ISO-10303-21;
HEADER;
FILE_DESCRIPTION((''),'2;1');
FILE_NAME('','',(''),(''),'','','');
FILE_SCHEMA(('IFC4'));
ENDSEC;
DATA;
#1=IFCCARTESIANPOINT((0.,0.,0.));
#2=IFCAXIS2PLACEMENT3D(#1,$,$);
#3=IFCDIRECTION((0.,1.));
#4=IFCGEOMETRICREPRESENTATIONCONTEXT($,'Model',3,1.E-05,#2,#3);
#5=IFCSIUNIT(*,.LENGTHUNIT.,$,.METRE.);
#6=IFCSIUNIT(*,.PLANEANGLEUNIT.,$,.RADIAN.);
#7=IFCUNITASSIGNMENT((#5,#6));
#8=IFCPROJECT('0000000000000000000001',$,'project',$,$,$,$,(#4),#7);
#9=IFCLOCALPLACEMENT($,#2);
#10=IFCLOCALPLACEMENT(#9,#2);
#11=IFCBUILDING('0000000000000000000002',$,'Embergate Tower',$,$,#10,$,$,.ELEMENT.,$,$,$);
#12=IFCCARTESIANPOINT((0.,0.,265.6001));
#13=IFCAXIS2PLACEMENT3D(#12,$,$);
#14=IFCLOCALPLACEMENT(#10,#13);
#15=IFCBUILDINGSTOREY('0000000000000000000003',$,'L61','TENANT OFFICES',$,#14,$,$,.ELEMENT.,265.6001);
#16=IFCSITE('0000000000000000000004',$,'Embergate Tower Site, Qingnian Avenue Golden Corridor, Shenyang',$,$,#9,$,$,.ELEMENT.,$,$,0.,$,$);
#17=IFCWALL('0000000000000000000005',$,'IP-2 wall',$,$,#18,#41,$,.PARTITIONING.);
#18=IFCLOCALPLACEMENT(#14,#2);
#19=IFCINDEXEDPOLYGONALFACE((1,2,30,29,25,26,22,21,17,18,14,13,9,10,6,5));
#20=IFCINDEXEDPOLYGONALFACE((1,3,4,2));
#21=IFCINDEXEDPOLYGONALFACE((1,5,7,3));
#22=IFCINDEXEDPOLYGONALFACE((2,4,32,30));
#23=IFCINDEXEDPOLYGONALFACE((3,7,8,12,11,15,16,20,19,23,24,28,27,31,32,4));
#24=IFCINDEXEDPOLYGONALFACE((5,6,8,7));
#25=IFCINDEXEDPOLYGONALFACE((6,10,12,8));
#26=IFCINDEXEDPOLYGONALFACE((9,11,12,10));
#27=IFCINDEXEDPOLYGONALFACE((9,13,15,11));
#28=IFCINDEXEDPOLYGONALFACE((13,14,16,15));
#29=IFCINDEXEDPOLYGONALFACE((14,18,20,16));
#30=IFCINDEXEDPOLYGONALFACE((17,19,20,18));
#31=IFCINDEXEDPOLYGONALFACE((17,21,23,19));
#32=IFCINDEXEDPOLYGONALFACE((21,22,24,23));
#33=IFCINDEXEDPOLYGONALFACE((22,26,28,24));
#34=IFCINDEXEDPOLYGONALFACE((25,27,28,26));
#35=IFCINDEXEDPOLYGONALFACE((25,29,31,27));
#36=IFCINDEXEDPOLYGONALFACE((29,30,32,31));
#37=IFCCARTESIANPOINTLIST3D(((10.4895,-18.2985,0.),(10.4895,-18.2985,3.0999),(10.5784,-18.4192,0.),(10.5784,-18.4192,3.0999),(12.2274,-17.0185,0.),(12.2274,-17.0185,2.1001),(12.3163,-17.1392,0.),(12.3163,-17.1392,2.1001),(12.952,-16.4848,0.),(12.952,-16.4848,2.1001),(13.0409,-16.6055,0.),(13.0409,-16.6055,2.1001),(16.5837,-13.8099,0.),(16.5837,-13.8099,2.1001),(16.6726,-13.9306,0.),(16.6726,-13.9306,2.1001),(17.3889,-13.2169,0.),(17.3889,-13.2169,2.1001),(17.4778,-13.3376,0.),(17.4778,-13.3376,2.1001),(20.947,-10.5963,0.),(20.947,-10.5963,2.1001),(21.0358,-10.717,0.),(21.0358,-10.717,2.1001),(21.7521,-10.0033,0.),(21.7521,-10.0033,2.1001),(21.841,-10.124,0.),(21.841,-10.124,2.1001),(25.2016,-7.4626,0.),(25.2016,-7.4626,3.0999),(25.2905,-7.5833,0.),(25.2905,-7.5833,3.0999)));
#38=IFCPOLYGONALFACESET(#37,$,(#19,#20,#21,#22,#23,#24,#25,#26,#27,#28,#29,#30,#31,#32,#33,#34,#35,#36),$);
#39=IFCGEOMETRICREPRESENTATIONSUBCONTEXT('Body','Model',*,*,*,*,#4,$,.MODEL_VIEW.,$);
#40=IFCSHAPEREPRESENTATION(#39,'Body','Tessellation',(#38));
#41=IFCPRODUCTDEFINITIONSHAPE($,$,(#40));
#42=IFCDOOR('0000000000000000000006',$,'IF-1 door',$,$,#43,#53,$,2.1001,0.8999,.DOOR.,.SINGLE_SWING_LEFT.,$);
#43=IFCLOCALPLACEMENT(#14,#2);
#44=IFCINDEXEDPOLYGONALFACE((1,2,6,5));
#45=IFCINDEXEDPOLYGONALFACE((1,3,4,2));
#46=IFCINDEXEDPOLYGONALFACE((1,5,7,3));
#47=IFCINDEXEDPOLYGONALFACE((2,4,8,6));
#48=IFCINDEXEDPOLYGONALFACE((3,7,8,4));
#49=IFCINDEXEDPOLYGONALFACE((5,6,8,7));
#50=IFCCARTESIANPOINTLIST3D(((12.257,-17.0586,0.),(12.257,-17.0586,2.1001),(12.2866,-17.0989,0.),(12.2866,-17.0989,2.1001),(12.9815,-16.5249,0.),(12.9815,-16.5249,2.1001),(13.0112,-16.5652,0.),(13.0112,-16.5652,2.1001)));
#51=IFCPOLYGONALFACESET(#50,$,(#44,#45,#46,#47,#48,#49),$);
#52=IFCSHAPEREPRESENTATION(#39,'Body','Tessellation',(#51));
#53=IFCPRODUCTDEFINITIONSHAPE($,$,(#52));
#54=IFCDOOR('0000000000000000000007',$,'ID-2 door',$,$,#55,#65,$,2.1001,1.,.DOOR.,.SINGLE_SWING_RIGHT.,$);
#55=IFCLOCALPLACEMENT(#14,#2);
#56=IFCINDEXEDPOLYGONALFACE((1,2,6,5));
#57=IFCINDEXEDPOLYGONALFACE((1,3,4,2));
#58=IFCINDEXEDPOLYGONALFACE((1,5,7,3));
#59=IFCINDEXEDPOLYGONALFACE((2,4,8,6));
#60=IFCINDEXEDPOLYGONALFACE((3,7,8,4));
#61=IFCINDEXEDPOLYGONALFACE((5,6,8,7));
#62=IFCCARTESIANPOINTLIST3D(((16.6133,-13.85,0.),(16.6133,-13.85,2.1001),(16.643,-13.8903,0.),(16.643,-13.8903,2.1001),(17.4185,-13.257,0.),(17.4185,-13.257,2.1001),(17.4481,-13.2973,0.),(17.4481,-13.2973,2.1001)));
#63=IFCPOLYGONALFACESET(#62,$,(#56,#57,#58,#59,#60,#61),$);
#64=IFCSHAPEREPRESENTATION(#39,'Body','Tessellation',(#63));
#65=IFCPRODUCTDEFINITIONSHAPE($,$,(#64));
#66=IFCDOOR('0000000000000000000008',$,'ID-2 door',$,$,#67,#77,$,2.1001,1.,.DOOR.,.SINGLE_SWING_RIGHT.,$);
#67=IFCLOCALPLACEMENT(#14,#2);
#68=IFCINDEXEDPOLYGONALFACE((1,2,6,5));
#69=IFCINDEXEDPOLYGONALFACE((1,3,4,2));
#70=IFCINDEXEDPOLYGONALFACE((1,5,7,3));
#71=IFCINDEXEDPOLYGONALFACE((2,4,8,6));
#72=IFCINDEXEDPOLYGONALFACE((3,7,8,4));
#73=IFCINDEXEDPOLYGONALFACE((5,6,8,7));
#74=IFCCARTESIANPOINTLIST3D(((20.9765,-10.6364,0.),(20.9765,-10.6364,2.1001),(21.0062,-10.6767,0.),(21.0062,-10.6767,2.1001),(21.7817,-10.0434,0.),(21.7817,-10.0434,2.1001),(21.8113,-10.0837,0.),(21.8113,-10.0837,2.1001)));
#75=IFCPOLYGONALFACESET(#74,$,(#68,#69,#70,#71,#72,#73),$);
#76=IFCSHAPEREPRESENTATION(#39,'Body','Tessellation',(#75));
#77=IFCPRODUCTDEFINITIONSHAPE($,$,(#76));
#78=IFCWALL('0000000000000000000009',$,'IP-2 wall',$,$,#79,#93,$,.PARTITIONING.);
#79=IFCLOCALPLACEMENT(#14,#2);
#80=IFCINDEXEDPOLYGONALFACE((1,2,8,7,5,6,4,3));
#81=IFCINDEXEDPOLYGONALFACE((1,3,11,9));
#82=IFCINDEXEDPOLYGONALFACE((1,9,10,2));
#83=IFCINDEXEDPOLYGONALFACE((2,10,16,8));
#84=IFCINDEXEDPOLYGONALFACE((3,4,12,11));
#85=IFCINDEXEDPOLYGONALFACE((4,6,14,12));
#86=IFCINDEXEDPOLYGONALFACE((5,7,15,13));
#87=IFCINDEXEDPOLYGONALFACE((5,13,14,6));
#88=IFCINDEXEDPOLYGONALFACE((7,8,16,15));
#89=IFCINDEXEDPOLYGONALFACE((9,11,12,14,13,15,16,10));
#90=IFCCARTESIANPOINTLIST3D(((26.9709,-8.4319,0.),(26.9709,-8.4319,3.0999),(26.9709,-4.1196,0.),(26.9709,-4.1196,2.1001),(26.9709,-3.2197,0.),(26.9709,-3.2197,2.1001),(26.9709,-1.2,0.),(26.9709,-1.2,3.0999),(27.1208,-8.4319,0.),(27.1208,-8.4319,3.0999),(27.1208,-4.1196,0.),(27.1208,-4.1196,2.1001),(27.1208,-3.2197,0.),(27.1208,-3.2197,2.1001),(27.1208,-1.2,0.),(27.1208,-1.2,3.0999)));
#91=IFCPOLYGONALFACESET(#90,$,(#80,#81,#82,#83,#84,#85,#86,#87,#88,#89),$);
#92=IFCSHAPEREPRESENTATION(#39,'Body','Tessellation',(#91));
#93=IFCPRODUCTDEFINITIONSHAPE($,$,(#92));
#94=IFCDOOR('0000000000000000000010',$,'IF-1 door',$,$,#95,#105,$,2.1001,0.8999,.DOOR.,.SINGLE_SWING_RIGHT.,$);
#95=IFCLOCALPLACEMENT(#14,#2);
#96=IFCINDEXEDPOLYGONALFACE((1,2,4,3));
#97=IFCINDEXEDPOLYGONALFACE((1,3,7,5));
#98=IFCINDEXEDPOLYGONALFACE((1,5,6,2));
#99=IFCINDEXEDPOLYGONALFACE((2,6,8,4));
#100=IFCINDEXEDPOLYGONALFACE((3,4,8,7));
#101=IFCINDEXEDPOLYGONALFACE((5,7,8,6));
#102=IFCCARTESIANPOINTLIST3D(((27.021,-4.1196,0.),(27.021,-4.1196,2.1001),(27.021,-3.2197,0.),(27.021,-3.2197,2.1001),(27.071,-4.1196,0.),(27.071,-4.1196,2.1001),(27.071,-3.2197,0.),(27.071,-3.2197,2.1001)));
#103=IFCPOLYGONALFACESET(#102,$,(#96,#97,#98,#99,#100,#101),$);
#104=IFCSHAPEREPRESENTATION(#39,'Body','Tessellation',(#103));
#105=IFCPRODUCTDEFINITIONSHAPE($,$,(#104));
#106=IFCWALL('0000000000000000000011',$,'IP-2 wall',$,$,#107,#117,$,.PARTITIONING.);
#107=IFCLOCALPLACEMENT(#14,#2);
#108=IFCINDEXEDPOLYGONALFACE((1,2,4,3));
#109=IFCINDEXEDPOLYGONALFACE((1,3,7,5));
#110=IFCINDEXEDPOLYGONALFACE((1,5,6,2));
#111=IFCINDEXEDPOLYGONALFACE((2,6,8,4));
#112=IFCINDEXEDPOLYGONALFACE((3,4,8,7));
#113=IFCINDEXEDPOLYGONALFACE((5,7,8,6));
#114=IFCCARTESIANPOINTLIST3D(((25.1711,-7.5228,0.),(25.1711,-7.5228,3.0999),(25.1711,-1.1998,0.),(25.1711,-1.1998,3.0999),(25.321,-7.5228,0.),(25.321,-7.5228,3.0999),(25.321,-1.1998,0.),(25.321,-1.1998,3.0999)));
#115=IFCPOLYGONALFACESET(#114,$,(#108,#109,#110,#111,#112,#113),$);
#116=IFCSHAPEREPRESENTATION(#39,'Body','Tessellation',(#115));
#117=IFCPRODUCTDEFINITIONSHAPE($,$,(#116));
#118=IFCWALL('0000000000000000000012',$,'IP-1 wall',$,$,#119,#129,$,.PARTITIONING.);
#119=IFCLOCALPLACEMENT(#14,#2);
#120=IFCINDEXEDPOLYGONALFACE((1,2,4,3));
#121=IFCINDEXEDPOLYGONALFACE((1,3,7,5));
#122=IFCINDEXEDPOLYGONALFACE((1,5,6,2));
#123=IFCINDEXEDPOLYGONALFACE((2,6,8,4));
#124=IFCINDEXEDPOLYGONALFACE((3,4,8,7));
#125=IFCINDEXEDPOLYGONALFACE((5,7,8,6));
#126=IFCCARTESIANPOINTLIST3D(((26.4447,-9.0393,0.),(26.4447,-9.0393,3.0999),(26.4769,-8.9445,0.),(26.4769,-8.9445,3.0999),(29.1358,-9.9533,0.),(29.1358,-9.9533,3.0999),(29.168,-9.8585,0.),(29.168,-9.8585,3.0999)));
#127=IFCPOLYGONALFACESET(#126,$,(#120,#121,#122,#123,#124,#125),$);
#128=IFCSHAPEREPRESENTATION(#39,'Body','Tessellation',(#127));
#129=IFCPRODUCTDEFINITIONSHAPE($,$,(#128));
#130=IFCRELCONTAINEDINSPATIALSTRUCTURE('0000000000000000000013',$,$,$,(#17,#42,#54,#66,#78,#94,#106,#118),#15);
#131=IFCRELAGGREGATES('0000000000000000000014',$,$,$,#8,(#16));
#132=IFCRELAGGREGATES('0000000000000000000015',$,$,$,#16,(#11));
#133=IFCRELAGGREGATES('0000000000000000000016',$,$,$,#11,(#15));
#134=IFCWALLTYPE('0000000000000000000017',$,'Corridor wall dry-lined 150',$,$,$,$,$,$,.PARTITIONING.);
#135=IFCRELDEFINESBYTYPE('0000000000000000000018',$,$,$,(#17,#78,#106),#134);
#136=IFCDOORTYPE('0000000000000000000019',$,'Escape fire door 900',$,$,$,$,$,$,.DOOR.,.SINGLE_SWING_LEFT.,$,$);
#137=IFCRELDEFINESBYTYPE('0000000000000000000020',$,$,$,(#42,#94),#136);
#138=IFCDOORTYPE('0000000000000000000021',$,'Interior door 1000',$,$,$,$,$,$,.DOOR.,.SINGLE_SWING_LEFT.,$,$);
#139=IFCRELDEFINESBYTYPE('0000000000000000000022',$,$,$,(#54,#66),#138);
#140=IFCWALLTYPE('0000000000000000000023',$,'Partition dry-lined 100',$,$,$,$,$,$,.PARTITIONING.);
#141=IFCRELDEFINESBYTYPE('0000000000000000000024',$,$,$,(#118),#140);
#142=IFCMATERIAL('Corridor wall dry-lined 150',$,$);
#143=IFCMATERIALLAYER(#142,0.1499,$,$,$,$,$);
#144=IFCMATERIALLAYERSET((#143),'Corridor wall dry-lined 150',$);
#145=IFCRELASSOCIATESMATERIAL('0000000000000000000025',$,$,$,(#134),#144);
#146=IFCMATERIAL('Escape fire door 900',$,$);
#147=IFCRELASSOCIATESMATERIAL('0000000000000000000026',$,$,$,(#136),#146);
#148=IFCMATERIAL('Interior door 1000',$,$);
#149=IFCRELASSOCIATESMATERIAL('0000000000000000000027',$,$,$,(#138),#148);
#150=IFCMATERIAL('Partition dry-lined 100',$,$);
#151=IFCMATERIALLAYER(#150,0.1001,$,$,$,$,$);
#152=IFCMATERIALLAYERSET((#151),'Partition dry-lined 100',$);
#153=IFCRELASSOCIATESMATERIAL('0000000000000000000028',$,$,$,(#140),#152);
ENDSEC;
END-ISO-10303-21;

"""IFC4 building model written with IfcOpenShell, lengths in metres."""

from ifc_helpers import new_model, si_unit, direction, frame, frame_2d, origin, place, context, subcontext, project, spatial, rectangle, extrude, source, transform, mapped, material, layer, layer_set, type_object, element, fill, save


model = new_model("IFC4")

# Units and contexts
model_context = context("Model", 3, precision=1e-05, world=origin(), true_north=direction((0.0, 1.0)))
body_context = subcontext(model_context, "Body", "Model", "MODEL_VIEW")
ifc_project = project(units=[si_unit("LENGTHUNIT", "METRE"), si_unit("PLANEANGLEUNIT", "RADIAN")], contexts=[model_context])

# Site, building, storey
site_placement = place(None, origin())
site = spatial("IfcSite", under=ifc_project, at=site_placement, Name="Embergate Tower Site, Qingnian Avenue Golden Corridor, Shenyang", CompositionType="ELEMENT", RefElevation=0.0)
building_placement = place(site_placement, origin())
building = spatial("IfcBuilding", under=site, at=building_placement, Name="Embergate Tower", CompositionType="ELEMENT")
storey_placement = place(building_placement, frame((0.0, 0.0, 265.6001)))
storey = spatial("IfcBuildingStorey", under=building, at=storey_placement, Name="L61", Description="TENANT OFFICES", CompositionType="ELEMENT", Elevation=265.6001)

# Wall, openings, doors
ifc_material_1 = material(Name="Corridor wall dry-lined 150")
ifc_layer_1 = layer(ifc_material_1, 0.1499)
ifc_layer_set_1 = layer_set([ifc_layer_1], Name="Corridor wall dry-lined 150")
wall_type_1 = type_object("IfcWallType", Name="Corridor wall dry-lined 150", PredefinedType="PARTITIONING", material=ifc_layer_set_1)
shared_shape_1 = source(origin(), body_context, "Body", "SweptSolid", [
    extrude(rectangle(XDim=18.272, YDim=0.1499, at=frame_2d((9.136, 0.0))), origin(), (0.0, 0.0, 1.0), 3.0999),
])
wall_1_placement = place(storey_placement, frame((25.2461, -7.5229, 0.0), z_axis=(0.0, 0.0, 1.0), x_axis=(-0.805176, -0.593036, 0.0)))
wall_1 = element("IfcWall", 1, at=wall_1_placement, inside=storey, type_object=wall_type_1, Name="IP-2 wall", PredefinedType="PARTITIONING", context=body_context, shape_type="MappedRepresentation", body=[
    mapped(shared_shape_1, transform((0.0, 0.0, 0.0))),
])
shared_shape_2 = source(origin(), body_context, "Body", "SweptSolid", [
    extrude(rectangle(XDim=0.8999, YDim=2.1001, at=frame_2d((0.45, 1.05))), frame((0.0, 0.085, 0.0), z_axis=(0.0, -1.0, 0.0), x_axis=(1.0, 0.0, 0.0)), (0.0, 0.0, 1.0), 0.1699),
])
opening_1_placement = place(wall_1_placement, frame((15.2136, 0.0, 0.0)))
opening_1 = element("IfcOpeningElement", 2, at=opening_1_placement, cuts=wall_1, PredefinedType="OPENING", context=body_context, shape_type="MappedRepresentation", body=[
    mapped(shared_shape_2, transform((0.0, 0.0, 0.0))),
])
shared_shape_3 = source(origin(), body_context, "Body", "SweptSolid", [
    extrude(rectangle(XDim=1.0, YDim=2.1001, at=frame_2d((0.5, 1.05))), frame((0.0, 0.085, 0.0), z_axis=(0.0, -1.0, 0.0), x_axis=(1.0, 0.0, 0.0)), (0.0, 0.0, 1.0), 0.1699),
])
opening_2_placement = place(wall_1_placement, frame((9.7031, 0.0, 0.0)))
opening_2 = element("IfcOpeningElement", 3, at=opening_2_placement, cuts=wall_1, PredefinedType="OPENING", context=body_context, shape_type="MappedRepresentation", body=[
    mapped(shared_shape_3, transform((0.0, 0.0, 0.0))),
])
opening_3_placement = place(wall_1_placement, frame((4.2842, 0.0, 0.0)))
opening_3 = element("IfcOpeningElement", 4, at=opening_3_placement, cuts=wall_1, PredefinedType="OPENING", context=body_context, shape_type="MappedRepresentation", body=[
    mapped(shared_shape_3, transform((0.0, 0.0, 0.0))),
])
ifc_material_2 = material(Name="Escape fire door 900")
door_type_1 = type_object("IfcDoorType", Name="Escape fire door 900", OperationType="SINGLE_SWING_LEFT", PredefinedType="DOOR", material=ifc_material_2)
shared_shape_4 = source(origin(), body_context, "Body", "SweptSolid", [
    extrude(rectangle(XDim=0.8999, YDim=2.1001, at=frame_2d((0.45, 1.05))), frame((0.0, 0.0249, 0.0), z_axis=(0.0, -1.0, 0.0), x_axis=(1.0, 0.0, 0.0)), (0.0, 0.0, 1.0), 0.05),
])
door_1_placement = place(opening_1_placement, origin())
door_1 = element("IfcDoor", 5, at=door_1_placement, inside=storey, type_object=door_type_1, Name="IF-1 door", OperationType="SINGLE_SWING_LEFT", OverallHeight=2.1001, OverallWidth=0.8999, PredefinedType="DOOR", context=body_context, shape_type="MappedRepresentation", body=[
    mapped(shared_shape_4, transform((0.0, 0.0, 0.0))),
])
fill(opening_1, door_1)
ifc_material_3 = material(Name="Interior door 1000")
door_type_2 = type_object("IfcDoorType", Name="Interior door 1000", OperationType="SINGLE_SWING_LEFT", PredefinedType="DOOR", material=ifc_material_3)
shared_shape_5 = source(origin(), body_context, "Body", "SweptSolid", [
    extrude(rectangle(XDim=1.0, YDim=2.1001, at=frame_2d((0.5, 1.05))), frame((0.0, 0.0249, 0.0), z_axis=(0.0, -1.0, 0.0), x_axis=(1.0, 0.0, 0.0)), (0.0, 0.0, 1.0), 0.05),
])
door_2_placement = place(opening_2_placement, origin())
door_2 = element("IfcDoor", 6, at=door_2_placement, inside=storey, type_object=door_type_2, Name="ID-2 door", OperationType="SINGLE_SWING_RIGHT", OverallHeight=2.1001, OverallWidth=1.0, PredefinedType="DOOR", context=body_context, shape_type="MappedRepresentation", body=[
    mapped(shared_shape_5, transform((0.0, 0.0, 0.0))),
])
fill(opening_2, door_2)
door_3_placement = place(opening_3_placement, origin())
door_3 = element("IfcDoor", 7, at=door_3_placement, inside=storey, type_object=door_type_2, Name="ID-2 door", OperationType="SINGLE_SWING_RIGHT", OverallHeight=2.1001, OverallWidth=1.0, PredefinedType="DOOR", context=body_context, shape_type="MappedRepresentation", body=[
    mapped(shared_shape_5, transform((0.0, 0.0, 0.0))),
])
fill(opening_3, door_3)

# Wall, opening, door
shared_shape_6 = source(origin(), body_context, "Body", "SweptSolid", [
    extrude(rectangle(XDim=7.2319, YDim=0.1499, at=frame_2d((3.616, 0.0))), origin(), (0.0, 0.0, 1.0), 3.0999),
])
wall_2_placement = place(storey_placement, frame((27.0459, -8.4319, 0.0), z_axis=(0.0, 0.0, 1.0), x_axis=(0.0, 1.0, 0.0)))
wall_2 = element("IfcWall", 8, at=wall_2_placement, inside=storey, type_object=wall_type_1, Name="IP-2 wall", PredefinedType="PARTITIONING", context=body_context, shape_type="MappedRepresentation", body=[
    mapped(shared_shape_6, transform((0.0, 0.0, 0.0))),
])
opening_4_placement = place(wall_2_placement, frame((4.3123, 0.0, 0.0)))
opening_4 = element("IfcOpeningElement", 9, at=opening_4_placement, cuts=wall_2, PredefinedType="OPENING", context=body_context, shape_type="MappedRepresentation", body=[
    mapped(shared_shape_2, transform((0.0, 0.0, 0.0))),
])
door_4_placement = place(opening_4_placement, origin())
door_4 = element("IfcDoor", 10, at=door_4_placement, inside=storey, type_object=door_type_1, Name="IF-1 door", OperationType="SINGLE_SWING_RIGHT", OverallHeight=2.1001, OverallWidth=0.8999, PredefinedType="DOOR", context=body_context, shape_type="MappedRepresentation", body=[
    mapped(shared_shape_4, transform((0.0, 0.0, 0.0))),
])
fill(opening_4, door_4)

# Walls
shared_shape_7 = source(origin(), body_context, "Body", "SweptSolid", [
    extrude(rectangle(XDim=6.323, YDim=0.1499, at=frame_2d((3.1616, 0.0))), origin(), (0.0, 0.0, 1.0), 3.0999),
])
wall_3_placement = place(storey_placement, frame((25.2461, -7.5229, 0.0), z_axis=(0.0, 0.0, 1.0), x_axis=(0.0, 1.0, 0.0)))
element("IfcWall", 11, at=wall_3_placement, inside=storey, type_object=wall_type_1, Name="IP-2 wall", PredefinedType="PARTITIONING", context=body_context, shape_type="MappedRepresentation", body=[
    mapped(shared_shape_7, transform((0.0, 0.0, 0.0))),
])
ifc_material_4 = material(Name="Partition dry-lined 100")
ifc_layer_2 = layer(ifc_material_4, 0.1001)
ifc_layer_set_2 = layer_set([ifc_layer_2], Name="Partition dry-lined 100")
wall_type_2 = type_object("IfcWallType", Name="Partition dry-lined 100", PredefinedType="PARTITIONING", material=ifc_layer_set_2)
shared_shape_8 = source(origin(), body_context, "Body", "SweptSolid", [
    extrude(rectangle(XDim=2.842, YDim=0.1001, at=frame_2d((1.4209, 0.0))), origin(), (0.0, 0.0, 1.0), 3.0999),
])
wall_4_placement = place(storey_placement, frame((26.4609, -8.9919, 0.0), z_axis=(0.0, 0.0, 1.0), x_axis=(0.946873, -0.321609, 0.0)))
element("IfcWall", 12, at=wall_4_placement, inside=storey, type_object=wall_type_2, Name="IP-1 wall", PredefinedType="PARTITIONING", context=body_context, shape_type="MappedRepresentation", body=[
    mapped(shared_shape_8, transform((0.0, 0.0, 0.0))),
])

save(model, "model.ifc")
